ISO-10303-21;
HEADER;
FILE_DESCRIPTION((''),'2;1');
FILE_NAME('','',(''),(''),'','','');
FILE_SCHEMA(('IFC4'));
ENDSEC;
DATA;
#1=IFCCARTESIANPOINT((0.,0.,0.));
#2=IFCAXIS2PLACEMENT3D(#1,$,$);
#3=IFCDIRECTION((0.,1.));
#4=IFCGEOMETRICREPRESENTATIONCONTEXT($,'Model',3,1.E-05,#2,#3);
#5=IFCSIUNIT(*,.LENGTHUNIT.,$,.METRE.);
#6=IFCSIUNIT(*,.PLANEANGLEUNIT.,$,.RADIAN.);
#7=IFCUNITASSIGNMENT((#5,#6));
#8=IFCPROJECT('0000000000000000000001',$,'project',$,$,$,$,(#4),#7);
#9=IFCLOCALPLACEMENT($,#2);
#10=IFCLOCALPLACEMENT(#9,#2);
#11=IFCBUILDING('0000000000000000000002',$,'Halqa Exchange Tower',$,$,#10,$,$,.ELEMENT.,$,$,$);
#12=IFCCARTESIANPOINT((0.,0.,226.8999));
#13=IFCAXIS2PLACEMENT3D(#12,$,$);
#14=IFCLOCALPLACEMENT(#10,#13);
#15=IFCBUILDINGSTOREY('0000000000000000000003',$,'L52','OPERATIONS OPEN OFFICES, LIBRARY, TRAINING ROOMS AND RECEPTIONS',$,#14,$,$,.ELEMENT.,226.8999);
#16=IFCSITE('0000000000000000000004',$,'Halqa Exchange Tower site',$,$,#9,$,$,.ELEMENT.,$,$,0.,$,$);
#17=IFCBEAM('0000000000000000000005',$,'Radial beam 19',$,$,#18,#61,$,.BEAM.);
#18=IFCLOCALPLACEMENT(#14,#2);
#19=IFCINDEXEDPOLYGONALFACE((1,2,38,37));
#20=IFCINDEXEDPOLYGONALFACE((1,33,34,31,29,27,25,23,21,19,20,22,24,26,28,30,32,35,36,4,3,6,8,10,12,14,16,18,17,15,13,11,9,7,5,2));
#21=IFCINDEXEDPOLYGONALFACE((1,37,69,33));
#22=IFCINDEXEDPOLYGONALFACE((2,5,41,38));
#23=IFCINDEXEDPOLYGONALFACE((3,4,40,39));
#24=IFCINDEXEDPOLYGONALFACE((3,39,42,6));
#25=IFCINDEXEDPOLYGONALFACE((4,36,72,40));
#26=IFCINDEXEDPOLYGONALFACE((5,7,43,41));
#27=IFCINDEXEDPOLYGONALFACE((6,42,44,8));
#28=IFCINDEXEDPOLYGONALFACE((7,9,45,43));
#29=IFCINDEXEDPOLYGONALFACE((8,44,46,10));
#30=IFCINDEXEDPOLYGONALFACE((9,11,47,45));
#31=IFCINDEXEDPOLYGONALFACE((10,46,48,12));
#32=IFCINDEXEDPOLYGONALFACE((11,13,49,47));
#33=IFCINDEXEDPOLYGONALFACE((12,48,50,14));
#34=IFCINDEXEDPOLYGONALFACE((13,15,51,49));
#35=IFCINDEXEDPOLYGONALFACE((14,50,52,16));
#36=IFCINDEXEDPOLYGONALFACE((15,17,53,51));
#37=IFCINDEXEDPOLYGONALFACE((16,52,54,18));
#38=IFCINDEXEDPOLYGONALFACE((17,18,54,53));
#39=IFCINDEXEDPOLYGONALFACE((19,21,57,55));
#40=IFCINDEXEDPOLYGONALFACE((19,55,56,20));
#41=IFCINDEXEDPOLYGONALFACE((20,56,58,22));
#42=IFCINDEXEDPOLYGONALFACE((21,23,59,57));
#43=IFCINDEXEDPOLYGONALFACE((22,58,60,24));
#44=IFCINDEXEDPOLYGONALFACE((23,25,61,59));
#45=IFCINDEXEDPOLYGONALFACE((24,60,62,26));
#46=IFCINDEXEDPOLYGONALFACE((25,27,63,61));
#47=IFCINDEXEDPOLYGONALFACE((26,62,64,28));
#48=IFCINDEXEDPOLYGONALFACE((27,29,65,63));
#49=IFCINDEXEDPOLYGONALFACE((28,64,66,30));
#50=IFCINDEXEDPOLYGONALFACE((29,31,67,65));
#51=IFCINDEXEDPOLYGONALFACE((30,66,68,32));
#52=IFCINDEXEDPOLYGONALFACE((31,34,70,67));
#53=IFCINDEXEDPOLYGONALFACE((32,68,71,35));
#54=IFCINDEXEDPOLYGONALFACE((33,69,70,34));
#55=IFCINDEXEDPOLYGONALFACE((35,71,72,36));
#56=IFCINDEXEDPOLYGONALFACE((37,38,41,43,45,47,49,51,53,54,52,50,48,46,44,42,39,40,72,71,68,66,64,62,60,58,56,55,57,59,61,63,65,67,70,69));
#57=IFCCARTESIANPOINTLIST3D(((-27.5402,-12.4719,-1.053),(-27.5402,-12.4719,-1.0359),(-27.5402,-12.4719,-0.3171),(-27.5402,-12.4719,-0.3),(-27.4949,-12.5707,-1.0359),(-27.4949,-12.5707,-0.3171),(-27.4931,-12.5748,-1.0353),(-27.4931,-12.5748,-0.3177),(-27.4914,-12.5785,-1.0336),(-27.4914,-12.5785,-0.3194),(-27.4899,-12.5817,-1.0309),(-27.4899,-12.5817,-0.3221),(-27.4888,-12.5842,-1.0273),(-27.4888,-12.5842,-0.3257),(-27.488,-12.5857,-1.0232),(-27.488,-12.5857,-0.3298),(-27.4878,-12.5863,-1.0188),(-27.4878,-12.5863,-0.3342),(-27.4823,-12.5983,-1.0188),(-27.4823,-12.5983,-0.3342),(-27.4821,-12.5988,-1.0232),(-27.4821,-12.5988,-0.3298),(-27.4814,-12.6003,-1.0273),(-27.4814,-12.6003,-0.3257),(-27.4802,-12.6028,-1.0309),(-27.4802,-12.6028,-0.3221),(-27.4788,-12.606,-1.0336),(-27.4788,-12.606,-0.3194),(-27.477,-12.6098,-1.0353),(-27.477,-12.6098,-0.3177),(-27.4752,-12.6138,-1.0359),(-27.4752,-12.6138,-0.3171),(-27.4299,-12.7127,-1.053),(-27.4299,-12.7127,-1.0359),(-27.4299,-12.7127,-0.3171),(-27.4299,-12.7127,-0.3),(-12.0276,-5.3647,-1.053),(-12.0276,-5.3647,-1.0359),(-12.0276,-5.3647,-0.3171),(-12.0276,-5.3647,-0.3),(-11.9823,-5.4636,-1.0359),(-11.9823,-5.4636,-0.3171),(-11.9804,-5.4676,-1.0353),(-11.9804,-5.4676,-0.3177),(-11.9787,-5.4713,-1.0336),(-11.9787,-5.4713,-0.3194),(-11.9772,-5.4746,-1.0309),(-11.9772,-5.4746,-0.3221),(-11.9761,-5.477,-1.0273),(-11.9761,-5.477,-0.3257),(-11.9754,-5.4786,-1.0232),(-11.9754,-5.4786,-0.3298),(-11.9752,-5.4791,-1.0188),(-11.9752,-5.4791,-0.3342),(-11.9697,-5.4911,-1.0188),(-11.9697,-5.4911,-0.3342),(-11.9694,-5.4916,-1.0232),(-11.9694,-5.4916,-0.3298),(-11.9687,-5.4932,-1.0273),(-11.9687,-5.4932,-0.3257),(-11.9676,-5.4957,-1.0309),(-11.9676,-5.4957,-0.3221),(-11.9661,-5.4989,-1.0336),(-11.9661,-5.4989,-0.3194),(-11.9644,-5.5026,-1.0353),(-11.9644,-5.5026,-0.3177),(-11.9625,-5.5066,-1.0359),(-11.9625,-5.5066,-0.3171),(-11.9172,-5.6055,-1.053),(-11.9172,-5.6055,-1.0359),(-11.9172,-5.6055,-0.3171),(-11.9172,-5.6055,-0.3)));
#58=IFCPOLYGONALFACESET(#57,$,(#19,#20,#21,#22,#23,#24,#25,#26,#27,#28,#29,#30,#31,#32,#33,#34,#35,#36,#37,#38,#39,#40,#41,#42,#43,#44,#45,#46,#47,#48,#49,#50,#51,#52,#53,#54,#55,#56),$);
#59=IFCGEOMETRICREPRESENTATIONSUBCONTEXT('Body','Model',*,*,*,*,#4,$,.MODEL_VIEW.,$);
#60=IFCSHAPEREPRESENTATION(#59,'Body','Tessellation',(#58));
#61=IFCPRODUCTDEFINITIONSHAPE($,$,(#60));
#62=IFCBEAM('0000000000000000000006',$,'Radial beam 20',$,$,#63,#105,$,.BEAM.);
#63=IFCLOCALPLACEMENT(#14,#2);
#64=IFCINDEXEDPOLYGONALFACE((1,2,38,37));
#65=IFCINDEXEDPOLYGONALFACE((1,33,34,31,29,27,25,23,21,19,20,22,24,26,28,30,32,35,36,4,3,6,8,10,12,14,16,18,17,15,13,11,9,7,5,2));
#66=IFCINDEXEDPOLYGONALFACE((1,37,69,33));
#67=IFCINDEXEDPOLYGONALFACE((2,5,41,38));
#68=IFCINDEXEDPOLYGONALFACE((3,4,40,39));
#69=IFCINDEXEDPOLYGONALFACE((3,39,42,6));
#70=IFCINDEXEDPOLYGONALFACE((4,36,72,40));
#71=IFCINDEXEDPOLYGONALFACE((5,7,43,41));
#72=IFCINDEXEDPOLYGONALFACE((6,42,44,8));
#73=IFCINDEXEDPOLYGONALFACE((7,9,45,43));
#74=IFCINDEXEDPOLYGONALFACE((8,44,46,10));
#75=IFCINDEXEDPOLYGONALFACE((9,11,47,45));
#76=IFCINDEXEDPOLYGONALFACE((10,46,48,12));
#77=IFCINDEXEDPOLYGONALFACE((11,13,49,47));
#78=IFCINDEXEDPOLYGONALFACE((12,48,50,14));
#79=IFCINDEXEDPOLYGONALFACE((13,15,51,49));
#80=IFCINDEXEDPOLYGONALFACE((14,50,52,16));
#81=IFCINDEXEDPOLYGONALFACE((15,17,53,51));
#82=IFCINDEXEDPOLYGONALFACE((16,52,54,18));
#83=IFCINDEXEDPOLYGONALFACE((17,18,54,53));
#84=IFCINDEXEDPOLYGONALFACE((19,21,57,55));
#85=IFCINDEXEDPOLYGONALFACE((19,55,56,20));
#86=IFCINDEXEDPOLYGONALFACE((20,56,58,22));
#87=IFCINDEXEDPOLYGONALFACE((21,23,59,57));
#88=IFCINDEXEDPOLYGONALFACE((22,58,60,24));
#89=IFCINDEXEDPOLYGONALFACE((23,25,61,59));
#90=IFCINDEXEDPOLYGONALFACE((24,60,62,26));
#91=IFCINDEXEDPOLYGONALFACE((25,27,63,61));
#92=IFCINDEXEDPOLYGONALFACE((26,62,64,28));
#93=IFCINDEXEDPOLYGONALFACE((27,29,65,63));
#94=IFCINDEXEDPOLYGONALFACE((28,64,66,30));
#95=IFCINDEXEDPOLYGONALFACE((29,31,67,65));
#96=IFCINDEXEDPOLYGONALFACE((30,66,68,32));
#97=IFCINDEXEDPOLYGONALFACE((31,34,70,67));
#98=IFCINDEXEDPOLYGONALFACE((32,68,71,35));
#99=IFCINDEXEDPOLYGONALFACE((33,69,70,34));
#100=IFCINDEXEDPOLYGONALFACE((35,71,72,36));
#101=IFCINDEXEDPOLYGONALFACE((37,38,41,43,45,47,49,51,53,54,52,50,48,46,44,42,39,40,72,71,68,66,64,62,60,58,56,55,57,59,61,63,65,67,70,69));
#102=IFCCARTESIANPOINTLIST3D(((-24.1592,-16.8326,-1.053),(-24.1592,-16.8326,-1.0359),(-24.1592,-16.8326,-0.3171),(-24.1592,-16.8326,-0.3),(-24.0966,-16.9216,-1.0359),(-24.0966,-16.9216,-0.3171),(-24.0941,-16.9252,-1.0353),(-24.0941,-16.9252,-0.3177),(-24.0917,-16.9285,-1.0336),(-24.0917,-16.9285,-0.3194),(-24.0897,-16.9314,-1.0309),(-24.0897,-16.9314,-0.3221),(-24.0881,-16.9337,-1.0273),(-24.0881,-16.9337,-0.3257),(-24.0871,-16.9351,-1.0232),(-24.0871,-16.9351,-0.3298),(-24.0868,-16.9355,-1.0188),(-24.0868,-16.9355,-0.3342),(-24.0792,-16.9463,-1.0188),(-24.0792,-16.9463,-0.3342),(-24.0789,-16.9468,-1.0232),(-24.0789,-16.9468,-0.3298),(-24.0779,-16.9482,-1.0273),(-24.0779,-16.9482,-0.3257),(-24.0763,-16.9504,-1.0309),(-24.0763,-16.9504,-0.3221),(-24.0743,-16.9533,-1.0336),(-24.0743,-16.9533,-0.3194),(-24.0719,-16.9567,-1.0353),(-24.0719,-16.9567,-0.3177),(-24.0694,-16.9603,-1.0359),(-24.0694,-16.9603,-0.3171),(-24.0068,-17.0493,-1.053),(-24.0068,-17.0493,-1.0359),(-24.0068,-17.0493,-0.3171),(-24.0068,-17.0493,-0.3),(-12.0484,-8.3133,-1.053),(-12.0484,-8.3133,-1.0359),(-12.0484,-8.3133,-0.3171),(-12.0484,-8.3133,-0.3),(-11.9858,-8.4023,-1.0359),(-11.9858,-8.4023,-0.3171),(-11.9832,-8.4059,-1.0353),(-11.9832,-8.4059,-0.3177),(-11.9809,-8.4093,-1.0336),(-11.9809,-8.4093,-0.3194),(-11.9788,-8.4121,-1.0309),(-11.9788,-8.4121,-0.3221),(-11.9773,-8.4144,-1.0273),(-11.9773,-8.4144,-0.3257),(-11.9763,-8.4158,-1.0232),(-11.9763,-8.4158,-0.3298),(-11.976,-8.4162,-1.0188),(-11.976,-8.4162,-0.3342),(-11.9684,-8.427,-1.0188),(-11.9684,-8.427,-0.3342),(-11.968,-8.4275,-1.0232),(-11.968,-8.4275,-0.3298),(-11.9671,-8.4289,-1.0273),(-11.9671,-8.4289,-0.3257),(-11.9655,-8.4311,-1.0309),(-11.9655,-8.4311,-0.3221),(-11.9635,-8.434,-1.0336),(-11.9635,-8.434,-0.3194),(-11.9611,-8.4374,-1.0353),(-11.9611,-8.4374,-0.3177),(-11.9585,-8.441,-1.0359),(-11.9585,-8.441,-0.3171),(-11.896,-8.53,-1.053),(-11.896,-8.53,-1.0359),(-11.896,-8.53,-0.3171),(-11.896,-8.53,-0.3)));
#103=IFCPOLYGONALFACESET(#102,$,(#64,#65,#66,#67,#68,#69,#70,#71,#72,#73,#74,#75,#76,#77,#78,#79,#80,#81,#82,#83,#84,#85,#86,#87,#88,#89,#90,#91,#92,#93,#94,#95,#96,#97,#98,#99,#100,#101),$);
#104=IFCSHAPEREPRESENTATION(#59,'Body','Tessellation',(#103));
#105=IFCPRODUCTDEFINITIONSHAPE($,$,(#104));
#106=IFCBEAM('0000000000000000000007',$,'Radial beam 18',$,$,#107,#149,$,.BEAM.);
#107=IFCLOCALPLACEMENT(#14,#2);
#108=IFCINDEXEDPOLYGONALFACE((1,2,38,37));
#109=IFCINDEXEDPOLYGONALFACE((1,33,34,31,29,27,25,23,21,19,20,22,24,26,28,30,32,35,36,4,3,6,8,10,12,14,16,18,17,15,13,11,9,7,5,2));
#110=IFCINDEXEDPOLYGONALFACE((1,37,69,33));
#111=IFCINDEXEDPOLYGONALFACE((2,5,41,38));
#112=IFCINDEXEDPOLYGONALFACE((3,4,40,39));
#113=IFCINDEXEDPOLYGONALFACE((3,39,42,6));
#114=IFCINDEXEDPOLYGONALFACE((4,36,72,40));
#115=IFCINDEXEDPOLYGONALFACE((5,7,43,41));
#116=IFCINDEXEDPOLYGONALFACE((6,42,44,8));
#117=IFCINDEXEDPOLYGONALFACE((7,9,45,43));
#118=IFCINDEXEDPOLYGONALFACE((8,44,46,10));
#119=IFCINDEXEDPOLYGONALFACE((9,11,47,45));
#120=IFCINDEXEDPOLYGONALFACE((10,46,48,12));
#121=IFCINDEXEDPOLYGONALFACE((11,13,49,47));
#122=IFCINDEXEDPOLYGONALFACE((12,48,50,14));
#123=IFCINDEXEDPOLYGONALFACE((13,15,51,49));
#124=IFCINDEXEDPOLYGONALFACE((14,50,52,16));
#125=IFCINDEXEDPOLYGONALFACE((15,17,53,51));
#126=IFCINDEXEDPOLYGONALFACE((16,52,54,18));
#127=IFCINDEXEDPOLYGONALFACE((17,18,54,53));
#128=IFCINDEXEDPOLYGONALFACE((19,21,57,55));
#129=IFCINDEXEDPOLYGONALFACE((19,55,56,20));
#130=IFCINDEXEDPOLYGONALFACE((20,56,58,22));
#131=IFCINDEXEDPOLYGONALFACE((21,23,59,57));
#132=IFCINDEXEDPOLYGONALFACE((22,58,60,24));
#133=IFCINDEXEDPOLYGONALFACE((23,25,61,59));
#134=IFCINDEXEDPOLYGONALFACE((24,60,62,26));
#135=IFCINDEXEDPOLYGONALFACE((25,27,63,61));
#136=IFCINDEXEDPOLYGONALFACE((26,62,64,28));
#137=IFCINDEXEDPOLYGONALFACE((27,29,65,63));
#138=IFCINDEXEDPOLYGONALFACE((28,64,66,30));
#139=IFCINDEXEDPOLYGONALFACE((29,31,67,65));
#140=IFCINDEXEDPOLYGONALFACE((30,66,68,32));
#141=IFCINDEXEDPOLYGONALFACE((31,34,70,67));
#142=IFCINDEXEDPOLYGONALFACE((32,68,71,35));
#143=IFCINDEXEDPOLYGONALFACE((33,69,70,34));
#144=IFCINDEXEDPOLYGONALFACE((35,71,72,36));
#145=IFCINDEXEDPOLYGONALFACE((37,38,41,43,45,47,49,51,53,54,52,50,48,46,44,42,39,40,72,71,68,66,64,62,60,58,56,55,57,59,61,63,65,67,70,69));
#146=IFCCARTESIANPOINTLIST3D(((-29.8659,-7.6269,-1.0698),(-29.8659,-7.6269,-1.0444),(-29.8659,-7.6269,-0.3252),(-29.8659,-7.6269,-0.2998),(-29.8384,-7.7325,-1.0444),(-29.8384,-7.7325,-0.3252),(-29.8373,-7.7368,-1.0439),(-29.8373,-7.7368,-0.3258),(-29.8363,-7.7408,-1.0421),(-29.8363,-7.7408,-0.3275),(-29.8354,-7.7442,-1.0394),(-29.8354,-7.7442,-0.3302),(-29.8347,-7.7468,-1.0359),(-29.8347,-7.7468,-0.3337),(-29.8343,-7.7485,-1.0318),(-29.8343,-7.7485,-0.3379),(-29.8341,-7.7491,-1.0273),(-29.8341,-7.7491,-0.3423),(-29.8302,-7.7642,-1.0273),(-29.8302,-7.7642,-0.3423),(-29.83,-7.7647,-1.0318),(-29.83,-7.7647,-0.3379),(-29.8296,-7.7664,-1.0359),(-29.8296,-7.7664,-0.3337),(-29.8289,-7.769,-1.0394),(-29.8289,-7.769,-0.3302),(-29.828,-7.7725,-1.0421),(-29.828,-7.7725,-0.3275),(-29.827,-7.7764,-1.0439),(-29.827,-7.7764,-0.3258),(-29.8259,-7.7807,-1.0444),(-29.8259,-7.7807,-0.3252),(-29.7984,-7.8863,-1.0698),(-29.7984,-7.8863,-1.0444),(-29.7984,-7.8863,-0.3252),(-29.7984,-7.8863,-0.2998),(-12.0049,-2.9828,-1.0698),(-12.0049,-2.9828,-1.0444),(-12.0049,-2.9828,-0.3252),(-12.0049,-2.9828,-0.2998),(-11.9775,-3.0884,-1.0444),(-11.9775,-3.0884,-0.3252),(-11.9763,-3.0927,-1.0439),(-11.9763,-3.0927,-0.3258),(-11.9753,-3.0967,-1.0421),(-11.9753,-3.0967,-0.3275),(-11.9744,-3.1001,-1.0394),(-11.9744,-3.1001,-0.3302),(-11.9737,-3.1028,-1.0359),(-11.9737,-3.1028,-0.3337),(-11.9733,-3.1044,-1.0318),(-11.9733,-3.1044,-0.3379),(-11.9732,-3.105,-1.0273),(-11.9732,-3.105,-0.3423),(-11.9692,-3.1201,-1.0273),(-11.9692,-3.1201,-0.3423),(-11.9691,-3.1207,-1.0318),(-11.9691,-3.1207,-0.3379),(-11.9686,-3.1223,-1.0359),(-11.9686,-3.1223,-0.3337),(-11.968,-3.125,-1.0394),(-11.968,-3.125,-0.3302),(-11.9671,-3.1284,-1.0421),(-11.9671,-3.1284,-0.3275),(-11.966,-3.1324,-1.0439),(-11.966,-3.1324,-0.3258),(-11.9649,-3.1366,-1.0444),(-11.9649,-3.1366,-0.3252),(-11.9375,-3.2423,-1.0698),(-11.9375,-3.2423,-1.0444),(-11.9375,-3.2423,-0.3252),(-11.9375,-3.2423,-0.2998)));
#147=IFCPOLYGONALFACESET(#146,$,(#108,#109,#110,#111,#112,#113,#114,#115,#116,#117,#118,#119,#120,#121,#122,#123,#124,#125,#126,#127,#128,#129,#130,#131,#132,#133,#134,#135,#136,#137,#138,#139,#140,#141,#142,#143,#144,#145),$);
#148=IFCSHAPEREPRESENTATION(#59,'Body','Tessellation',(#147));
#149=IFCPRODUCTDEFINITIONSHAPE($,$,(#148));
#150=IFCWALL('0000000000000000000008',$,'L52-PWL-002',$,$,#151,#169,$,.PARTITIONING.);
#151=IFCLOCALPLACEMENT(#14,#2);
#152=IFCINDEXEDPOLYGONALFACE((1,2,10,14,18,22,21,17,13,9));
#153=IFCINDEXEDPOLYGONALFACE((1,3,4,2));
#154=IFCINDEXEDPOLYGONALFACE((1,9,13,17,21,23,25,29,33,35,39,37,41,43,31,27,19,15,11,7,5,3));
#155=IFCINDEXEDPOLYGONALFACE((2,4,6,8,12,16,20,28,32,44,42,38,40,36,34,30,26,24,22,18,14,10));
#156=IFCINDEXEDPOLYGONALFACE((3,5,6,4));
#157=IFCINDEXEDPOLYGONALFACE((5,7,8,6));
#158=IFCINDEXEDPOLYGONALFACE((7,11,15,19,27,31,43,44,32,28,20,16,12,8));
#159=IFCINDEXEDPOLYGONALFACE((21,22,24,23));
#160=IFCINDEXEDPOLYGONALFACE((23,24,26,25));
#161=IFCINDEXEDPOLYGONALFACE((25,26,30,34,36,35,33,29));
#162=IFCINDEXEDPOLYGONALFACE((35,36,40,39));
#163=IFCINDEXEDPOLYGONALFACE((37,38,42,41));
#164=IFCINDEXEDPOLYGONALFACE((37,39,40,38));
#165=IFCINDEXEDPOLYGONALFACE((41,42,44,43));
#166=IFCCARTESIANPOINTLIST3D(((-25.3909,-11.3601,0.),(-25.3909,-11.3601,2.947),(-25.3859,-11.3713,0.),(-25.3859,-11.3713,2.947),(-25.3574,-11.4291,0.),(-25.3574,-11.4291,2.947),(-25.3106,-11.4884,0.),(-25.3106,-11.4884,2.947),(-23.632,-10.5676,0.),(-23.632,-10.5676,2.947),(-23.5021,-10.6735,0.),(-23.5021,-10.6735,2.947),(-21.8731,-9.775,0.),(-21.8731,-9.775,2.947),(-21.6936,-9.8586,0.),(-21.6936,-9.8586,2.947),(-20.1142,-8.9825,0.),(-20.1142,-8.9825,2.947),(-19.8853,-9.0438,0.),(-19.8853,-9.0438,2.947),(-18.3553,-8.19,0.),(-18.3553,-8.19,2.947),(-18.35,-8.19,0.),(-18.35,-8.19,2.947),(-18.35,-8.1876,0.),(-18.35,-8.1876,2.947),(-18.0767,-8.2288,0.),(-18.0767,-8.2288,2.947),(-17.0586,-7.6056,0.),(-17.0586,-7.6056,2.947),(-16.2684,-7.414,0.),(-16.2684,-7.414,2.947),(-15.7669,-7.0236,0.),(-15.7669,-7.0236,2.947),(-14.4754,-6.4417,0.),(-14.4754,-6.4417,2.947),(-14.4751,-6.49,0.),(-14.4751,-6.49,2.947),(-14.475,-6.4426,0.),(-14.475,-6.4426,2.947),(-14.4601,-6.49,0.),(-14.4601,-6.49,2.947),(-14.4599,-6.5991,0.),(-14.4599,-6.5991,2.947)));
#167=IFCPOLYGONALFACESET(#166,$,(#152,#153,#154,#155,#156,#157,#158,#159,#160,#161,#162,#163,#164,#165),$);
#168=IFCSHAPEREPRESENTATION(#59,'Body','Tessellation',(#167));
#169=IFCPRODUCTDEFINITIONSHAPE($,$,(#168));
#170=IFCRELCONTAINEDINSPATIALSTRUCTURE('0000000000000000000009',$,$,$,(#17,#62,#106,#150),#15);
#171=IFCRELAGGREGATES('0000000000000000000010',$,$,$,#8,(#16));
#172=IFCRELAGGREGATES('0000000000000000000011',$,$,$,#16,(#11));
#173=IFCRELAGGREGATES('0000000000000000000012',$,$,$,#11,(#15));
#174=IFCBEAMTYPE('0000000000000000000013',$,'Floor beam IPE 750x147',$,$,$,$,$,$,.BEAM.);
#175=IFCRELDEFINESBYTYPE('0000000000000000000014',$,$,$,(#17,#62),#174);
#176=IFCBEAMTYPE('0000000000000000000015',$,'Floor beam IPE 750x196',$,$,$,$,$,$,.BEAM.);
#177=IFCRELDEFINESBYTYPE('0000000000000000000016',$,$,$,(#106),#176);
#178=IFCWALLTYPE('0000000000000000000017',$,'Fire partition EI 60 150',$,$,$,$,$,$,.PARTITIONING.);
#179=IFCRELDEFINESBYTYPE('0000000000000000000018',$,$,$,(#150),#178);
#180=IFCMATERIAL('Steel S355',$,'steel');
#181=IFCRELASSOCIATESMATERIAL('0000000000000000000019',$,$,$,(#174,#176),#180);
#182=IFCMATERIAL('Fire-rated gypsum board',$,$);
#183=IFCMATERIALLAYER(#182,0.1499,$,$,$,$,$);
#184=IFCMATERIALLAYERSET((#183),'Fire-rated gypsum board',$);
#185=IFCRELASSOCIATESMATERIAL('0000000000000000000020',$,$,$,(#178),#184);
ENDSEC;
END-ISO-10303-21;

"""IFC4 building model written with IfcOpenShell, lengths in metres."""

from ifc_helpers import new_model, si_unit, direction, frame, origin, origin_2d, place, context, subcontext, project, spatial, polyline, i_section, outline, extrude, material, layer, layer_set, material_profile, profile_set, type_object, element, save


model = new_model("IFC4")

# Units and contexts
model_context = context("Model", 3, precision=1e-05, world=origin(), true_north=direction((0.0, 1.0)))
body_context = subcontext(model_context, "Body", "Model", "MODEL_VIEW")
ifc_project = project(units=[si_unit("LENGTHUNIT", "METRE"), si_unit("PLANEANGLEUNIT", "RADIAN")], contexts=[model_context])

# Site, building, storey
site_placement = place(None, origin())
site = spatial("IfcSite", under=ifc_project, at=site_placement, Name="Halqa Exchange Tower site", CompositionType="ELEMENT", RefElevation=0.0)
building_placement = place(site_placement, origin())
building = spatial("IfcBuilding", under=site, at=building_placement, Name="Halqa Exchange Tower", CompositionType="ELEMENT")
storey_placement = place(building_placement, frame((0.0, 0.0, 226.8999)))
storey = spatial("IfcBuildingStorey", under=building, at=storey_placement, Name="L52", Description="OPERATIONS OPEN OFFICES, LIBRARY, TRAINING ROOMS AND RECEPTIONS", CompositionType="ELEMENT", Elevation=226.8999)

# Beams
ifc_material_1 = material(Name="Steel S355", Category="steel")
ifc_material_profile_1 = material_profile(ifc_material_1, i_section(OverallWidth=0.2649, OverallDepth=0.7529, WebThickness=0.0132, FlangeThickness=0.0171, FilletRadius=0.0171, at=origin_2d()), Name="IPE 750x147")
ifc_profile_set_1 = profile_set([ifc_material_profile_1], Name="Steel S355")
beam_type_1 = type_object("IfcBeamType", Name="Floor beam IPE 750x147", PredefinedType="BEAM", material=ifc_profile_set_1)
beam_1_placement = place(storey_placement, frame((-11.9724, -5.4851, -0.6765), z_axis=(-0.909127, -0.416519, 0.0), x_axis=(0.416519, -0.909127, 0.0)))
element("IfcBeam", 1, at=beam_1_placement, inside=storey, type_object=beam_type_1, Name="Radial beam 19", PredefinedType="BEAM", context=body_context, shape_type="SweptSolid", body=[
    extrude(i_section(OverallWidth=0.2649, OverallDepth=0.7529, WebThickness=0.0132, FlangeThickness=0.0171, FilletRadius=0.0171, at=origin_2d()), origin(), (0.0, 0.0, 1.0), 17.0632),
])
beam_2_placement = place(storey_placement, frame((-11.9722, -8.4216, -0.6765), z_axis=(-0.817907, -0.575351, 0.0), x_axis=(0.575351, -0.817907, 0.0)))
element("IfcBeam", 2, at=beam_2_placement, inside=storey, type_object=beam_type_1, Name="Radial beam 20", PredefinedType="BEAM", context=body_context, shape_type="SweptSolid", body=[
    extrude(i_section(OverallWidth=0.2649, OverallDepth=0.7529, WebThickness=0.0132, FlangeThickness=0.0171, FilletRadius=0.0171, at=origin_2d()), origin(), (0.0, 0.0, 1.0), 14.8071),
])
ifc_material_profile_2 = material_profile(ifc_material_1, i_section(OverallWidth=0.2681, OverallDepth=0.77, WebThickness=0.0156, FlangeThickness=0.0254, FilletRadius=0.0171, at=origin_2d()), Name="IPE 750x196")
ifc_profile_set_2 = profile_set([ifc_material_profile_2], Name="Steel S355")
beam_type_2 = type_object("IfcBeamType", Name="Floor beam IPE 750x196", PredefinedType="BEAM", material=ifc_profile_set_2)
beam_3_placement = place(storey_placement, frame((-11.9712, -3.1125, -0.6848), z_axis=(-0.96782, -0.251645, 0.0), x_axis=(0.251645, -0.96782, 0.0)))
element("IfcBeam", 3, at=beam_3_placement, inside=storey, type_object=beam_type_2, Name="Radial beam 18", PredefinedType="BEAM", context=body_context, shape_type="SweptSolid", body=[
    extrude(i_section(OverallWidth=0.2681, OverallDepth=0.77, WebThickness=0.0156, FlangeThickness=0.0254, FilletRadius=0.0171, at=origin_2d()), origin(), (0.0, 0.0, 1.0), 18.4548),
])

# Wall
ifc_material_2 = material(Name="Fire-rated gypsum board")
ifc_layer_1 = layer(ifc_material_2, 0.1499)
ifc_layer_set_1 = layer_set([ifc_layer_1], Name="Fire-rated gypsum board")
wall_type_1 = type_object("IfcWallType", Name="Fire partition EI 60 150", PredefinedType="PARTITIONING", material=ifc_layer_set_1)
wall_1_placement = place(storey_placement, frame((-25.3601, -11.4285, 0.0), z_axis=(0.0, 0.0, 1.0), x_axis=(0.911719, 0.410814, 0.0)))
element("IfcWall", 4, at=wall_1_placement, inside=storey, type_object=wall_type_1, Name="L52-PWL-002", PredefinedType="PARTITIONING", context=body_context, shape_type="SweptSolid", body=[
    extrude(outline(polyline([(0.0205, -0.075), (2.0042, -0.075), (3.9878, -0.075), (5.9712, -0.075), (7.9548, -0.075), (9.9382, -0.075), (11.9219, -0.075), (11.9666, 0.0247), (11.9529, 0.0308), (11.9724, 0.074), (11.9724, 0.075), (10.5559, 0.075), (9.1392, 0.075), (7.7227, 0.075), (7.7217, 0.0728), (7.7168, 0.075), (5.7876, 0.075), (3.8584, 0.075), (1.9292, 0.075), (0.0, 0.075), (0.0, 0.0627), (0.0022, -0.0017), (0.0205, -0.075)])), origin(), (0.0, 0.0, 1.0), 2.947),
])

save(model, "model.ifc")
